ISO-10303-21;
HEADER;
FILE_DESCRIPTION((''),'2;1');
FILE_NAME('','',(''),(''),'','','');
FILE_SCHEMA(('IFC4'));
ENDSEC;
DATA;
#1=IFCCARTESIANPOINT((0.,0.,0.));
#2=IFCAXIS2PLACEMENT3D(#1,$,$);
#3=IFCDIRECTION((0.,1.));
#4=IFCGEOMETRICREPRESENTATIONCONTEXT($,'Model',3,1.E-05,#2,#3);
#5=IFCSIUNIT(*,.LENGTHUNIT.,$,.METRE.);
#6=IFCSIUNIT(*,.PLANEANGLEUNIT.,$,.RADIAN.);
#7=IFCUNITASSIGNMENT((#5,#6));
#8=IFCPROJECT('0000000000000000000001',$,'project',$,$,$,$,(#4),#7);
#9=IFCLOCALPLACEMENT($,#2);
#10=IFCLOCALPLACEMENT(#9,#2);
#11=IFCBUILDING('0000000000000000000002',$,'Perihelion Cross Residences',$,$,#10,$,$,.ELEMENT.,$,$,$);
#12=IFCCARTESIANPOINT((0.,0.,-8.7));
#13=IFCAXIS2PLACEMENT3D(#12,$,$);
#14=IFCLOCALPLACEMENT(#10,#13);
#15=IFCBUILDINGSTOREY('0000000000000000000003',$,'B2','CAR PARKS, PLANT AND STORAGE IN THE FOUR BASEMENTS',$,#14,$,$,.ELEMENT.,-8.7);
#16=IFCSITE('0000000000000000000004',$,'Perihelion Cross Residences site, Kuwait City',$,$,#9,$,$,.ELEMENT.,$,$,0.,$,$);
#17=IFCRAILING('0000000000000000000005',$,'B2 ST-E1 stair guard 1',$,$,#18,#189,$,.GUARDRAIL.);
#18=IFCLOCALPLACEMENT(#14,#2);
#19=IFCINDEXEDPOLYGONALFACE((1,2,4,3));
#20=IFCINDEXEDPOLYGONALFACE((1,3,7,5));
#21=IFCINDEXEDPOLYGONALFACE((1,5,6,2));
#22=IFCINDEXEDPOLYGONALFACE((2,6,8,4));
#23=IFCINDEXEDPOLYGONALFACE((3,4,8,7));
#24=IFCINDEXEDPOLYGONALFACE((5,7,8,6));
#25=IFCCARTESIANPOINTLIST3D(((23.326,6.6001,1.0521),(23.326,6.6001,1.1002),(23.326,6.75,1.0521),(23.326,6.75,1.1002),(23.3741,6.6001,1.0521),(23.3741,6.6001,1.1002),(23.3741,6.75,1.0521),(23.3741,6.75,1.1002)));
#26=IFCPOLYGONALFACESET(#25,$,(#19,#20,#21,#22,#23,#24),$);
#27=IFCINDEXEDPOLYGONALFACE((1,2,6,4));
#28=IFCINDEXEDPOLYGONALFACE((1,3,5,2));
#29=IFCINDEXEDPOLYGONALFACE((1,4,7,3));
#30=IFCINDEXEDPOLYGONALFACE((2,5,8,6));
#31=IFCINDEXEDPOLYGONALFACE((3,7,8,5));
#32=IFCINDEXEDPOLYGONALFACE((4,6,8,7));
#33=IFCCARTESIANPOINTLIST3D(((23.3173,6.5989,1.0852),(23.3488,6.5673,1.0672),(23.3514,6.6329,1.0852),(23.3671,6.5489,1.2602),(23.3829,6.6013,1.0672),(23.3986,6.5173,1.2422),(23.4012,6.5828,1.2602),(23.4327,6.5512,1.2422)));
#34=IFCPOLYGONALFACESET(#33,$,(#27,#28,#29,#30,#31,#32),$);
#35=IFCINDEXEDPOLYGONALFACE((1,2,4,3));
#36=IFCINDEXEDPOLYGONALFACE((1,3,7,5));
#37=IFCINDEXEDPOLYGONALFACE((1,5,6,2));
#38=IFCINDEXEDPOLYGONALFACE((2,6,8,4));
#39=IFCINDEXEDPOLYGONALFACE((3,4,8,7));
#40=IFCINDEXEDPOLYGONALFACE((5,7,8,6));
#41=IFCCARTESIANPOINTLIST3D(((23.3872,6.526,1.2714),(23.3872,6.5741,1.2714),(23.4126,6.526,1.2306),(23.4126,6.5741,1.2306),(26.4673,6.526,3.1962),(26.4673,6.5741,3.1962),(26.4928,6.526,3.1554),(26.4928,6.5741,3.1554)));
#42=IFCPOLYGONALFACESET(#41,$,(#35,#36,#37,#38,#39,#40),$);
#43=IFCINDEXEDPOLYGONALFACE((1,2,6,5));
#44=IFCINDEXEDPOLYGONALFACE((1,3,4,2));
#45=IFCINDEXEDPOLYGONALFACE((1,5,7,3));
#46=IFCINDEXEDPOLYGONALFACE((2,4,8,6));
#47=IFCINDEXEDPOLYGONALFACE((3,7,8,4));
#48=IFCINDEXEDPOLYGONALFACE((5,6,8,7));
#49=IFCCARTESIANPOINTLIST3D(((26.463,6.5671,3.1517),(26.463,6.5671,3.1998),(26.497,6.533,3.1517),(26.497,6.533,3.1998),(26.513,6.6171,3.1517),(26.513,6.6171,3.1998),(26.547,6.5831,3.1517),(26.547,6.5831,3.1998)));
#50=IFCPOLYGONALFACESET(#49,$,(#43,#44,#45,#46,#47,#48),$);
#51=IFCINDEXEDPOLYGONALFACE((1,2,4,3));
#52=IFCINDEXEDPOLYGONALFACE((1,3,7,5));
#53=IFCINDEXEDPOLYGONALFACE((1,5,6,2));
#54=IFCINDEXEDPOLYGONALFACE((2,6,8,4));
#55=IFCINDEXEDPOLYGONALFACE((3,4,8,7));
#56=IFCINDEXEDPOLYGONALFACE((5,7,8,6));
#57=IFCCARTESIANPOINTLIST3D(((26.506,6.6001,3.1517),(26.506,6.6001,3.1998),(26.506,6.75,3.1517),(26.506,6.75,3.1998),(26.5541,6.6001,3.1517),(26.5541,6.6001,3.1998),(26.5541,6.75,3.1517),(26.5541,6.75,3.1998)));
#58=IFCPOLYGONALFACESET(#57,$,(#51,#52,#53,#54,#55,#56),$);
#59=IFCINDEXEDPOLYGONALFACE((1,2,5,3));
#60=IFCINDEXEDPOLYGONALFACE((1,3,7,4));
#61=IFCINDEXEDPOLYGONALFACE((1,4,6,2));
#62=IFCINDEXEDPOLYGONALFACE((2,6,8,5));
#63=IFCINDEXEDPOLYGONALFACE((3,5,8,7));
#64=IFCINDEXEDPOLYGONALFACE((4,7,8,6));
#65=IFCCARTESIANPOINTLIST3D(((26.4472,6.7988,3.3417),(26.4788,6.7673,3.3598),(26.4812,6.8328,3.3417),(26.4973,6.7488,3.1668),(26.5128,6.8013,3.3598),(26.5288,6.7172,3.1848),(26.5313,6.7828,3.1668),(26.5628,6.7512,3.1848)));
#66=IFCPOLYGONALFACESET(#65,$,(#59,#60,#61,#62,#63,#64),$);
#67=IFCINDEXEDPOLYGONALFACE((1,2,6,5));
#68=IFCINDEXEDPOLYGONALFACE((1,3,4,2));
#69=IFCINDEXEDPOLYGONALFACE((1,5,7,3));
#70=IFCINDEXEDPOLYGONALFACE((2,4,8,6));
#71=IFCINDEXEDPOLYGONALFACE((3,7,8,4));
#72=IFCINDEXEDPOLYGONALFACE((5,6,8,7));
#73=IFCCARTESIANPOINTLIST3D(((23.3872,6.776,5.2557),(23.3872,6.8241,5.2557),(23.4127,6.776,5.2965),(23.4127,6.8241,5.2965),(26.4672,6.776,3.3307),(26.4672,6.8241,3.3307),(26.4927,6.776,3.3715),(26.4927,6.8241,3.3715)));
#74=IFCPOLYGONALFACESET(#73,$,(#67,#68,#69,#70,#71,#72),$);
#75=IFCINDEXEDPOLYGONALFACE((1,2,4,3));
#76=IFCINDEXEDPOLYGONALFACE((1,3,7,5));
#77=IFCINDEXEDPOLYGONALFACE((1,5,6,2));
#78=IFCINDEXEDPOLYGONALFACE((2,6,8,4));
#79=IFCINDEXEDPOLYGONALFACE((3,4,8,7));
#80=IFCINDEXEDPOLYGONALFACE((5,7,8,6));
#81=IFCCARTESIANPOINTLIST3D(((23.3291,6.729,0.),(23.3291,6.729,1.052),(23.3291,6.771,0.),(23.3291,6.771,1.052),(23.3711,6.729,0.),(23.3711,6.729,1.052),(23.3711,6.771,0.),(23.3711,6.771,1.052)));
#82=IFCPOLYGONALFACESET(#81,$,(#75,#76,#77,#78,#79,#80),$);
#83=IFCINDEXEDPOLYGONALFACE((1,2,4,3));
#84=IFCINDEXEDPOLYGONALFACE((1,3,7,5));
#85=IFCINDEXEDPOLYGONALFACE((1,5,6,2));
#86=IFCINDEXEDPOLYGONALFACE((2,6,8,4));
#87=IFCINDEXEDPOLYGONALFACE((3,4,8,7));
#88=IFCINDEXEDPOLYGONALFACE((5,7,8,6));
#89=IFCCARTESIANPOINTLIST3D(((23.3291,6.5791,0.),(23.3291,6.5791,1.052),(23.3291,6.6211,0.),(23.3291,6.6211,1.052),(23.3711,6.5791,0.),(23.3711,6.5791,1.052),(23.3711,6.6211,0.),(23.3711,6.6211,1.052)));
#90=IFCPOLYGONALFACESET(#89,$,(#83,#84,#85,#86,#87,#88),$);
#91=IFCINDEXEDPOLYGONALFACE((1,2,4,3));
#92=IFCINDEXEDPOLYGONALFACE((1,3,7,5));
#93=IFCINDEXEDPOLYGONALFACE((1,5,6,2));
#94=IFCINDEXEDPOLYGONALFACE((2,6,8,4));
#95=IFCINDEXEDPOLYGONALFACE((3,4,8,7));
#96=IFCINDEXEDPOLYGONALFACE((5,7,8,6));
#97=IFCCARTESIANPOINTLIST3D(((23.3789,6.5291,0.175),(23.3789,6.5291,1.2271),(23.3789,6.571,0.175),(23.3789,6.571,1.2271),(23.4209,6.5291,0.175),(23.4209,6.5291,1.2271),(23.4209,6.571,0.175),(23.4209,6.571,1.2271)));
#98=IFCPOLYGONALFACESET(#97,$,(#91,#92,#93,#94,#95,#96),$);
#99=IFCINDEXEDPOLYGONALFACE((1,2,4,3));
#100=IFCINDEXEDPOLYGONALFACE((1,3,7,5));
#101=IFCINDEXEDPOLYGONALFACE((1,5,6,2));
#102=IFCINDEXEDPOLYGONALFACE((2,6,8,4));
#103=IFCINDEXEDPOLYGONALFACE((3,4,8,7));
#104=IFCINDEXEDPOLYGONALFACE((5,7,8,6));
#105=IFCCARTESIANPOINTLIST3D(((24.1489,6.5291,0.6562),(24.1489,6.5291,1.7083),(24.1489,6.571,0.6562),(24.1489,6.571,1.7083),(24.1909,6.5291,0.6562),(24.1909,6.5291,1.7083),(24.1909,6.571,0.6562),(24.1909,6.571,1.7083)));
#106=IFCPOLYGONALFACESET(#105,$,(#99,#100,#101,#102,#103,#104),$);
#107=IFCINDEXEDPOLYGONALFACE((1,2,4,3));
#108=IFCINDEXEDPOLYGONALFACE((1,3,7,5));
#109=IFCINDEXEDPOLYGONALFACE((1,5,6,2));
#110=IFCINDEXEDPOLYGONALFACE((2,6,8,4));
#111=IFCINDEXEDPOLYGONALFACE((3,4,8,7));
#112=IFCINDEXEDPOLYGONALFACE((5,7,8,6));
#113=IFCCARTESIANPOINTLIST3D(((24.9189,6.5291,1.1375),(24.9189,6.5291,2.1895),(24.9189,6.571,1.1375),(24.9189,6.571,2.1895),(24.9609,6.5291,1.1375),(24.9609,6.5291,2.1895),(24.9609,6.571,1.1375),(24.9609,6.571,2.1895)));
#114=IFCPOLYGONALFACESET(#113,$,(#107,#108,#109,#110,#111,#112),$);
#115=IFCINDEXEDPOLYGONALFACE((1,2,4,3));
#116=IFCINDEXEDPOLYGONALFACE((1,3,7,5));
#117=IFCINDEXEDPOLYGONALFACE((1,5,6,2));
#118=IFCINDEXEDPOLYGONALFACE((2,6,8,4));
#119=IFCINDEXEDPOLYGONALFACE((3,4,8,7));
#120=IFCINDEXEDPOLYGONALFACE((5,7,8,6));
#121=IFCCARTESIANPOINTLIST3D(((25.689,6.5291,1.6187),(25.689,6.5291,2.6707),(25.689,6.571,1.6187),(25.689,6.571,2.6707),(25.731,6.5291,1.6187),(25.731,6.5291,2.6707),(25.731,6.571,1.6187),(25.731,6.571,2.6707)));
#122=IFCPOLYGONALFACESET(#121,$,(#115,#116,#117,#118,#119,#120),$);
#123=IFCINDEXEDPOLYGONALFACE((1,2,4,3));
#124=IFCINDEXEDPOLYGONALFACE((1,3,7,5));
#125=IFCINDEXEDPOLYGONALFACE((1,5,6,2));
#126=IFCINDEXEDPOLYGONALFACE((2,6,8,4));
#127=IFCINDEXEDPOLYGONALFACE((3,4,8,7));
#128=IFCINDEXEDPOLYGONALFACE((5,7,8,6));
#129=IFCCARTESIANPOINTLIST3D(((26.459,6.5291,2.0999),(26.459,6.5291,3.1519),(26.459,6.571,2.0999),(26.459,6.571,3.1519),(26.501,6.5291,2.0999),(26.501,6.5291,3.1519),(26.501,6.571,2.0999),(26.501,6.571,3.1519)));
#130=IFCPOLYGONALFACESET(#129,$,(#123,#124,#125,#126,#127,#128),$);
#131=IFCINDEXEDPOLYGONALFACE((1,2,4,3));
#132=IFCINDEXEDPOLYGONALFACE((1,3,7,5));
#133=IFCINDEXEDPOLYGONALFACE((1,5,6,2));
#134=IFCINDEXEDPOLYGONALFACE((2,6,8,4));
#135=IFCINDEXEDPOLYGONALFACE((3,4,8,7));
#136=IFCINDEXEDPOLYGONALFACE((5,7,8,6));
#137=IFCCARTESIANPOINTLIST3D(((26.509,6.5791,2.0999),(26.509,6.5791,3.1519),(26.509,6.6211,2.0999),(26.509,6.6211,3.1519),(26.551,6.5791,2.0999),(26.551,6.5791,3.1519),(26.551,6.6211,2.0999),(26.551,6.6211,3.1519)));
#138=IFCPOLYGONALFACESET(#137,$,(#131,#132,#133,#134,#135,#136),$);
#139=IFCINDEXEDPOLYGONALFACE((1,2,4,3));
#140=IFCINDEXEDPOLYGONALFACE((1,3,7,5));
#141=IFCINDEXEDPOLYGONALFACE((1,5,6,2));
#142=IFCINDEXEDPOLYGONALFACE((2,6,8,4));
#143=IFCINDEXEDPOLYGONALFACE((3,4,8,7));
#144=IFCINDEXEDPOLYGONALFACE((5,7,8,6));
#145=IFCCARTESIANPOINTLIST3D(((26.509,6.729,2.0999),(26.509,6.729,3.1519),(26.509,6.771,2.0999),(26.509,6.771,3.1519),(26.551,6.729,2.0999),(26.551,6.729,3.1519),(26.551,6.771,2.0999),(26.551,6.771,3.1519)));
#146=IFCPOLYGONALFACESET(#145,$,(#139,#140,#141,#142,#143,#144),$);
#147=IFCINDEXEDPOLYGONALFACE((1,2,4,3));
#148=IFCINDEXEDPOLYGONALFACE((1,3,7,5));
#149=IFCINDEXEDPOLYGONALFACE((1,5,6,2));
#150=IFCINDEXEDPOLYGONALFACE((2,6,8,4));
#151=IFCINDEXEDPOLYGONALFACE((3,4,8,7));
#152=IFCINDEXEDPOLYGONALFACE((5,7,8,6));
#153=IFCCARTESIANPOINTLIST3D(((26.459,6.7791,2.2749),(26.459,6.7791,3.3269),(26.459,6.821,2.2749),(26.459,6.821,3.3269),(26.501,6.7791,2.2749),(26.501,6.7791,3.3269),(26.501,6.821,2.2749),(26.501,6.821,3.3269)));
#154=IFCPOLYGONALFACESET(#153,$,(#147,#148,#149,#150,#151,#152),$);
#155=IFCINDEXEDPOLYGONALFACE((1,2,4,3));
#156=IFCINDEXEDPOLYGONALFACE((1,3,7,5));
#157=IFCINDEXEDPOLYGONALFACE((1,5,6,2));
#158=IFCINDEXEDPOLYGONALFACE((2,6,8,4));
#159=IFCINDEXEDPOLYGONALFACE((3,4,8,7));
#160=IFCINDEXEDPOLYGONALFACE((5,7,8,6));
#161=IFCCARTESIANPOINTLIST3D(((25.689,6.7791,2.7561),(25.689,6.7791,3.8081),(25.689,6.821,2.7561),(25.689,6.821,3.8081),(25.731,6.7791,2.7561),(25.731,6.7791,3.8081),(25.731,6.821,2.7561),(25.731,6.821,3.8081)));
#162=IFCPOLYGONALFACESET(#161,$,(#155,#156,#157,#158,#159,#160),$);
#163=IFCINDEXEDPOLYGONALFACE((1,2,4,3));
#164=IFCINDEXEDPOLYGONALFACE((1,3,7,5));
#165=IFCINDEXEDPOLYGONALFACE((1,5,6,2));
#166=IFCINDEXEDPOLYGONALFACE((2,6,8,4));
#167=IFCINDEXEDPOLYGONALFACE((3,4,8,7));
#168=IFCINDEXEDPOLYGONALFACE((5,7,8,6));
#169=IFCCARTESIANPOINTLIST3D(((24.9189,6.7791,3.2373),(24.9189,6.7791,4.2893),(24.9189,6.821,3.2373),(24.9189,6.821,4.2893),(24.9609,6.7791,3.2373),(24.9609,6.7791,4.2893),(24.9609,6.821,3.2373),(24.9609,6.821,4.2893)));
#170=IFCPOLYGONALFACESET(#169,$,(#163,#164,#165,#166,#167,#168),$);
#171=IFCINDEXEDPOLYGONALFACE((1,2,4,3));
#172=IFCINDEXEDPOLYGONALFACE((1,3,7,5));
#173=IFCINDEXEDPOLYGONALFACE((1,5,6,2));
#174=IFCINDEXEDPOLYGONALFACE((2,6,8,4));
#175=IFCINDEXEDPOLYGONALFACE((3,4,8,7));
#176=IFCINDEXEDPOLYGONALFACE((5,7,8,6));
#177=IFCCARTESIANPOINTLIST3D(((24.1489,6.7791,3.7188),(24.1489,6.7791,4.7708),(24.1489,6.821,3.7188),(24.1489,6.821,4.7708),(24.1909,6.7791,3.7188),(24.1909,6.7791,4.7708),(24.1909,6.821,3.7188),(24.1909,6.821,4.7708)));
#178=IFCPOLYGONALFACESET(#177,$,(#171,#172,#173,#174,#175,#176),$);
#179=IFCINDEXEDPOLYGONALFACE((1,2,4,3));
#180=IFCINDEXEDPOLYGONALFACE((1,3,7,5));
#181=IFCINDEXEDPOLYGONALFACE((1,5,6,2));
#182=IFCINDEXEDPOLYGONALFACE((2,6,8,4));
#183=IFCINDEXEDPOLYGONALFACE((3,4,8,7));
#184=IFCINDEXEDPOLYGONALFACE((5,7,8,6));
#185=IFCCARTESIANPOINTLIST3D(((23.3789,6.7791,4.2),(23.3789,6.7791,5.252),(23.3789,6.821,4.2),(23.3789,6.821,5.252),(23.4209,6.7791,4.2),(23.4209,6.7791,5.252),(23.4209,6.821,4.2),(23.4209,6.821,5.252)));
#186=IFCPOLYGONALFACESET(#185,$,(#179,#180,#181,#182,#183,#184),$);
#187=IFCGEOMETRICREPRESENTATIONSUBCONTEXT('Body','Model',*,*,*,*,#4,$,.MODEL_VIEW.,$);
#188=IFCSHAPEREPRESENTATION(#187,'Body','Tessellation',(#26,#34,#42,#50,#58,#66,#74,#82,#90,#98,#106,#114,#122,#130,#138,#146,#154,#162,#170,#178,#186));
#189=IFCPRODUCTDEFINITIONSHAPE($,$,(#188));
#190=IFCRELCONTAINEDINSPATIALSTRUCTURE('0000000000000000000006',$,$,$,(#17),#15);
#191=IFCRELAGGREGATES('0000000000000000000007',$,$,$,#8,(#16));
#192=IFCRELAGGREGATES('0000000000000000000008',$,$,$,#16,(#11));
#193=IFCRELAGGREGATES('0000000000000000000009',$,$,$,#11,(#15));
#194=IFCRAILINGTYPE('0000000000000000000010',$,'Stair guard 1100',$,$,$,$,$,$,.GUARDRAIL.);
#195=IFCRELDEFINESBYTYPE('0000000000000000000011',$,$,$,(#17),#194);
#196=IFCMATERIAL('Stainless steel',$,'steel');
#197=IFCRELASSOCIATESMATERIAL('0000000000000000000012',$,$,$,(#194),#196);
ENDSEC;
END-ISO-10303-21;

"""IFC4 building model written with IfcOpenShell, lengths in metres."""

from ifc_helpers import new_model, si_unit, direction, frame, origin, origin_2d, place, context, subcontext, project, spatial, rectangle, extrude, material, type_object, element, save


model = new_model("IFC4")

# Units and contexts
model_context = context("Model", 3, precision=1e-05, world=origin(), true_north=direction((0.0, 1.0)))
body_context = subcontext(model_context, "Body", "Model", "MODEL_VIEW")
ifc_project = project(units=[si_unit("LENGTHUNIT", "METRE"), si_unit("PLANEANGLEUNIT", "RADIAN")], contexts=[model_context])

# Site, building, storey
site_placement = place(None, origin())
site = spatial("IfcSite", under=ifc_project, at=site_placement, Name="Perihelion Cross Residences site, Kuwait City", CompositionType="ELEMENT", RefElevation=0.0)
building_placement = place(site_placement, origin())
building = spatial("IfcBuilding", under=site, at=building_placement, Name="Perihelion Cross Residences", CompositionType="ELEMENT")
storey_placement = place(building_placement, frame((0.0, 0.0, -8.7)))
storey = spatial("IfcBuildingStorey", under=building, at=storey_placement, Name="B2", Description="CAR PARKS, PLANT AND STORAGE IN THE FOUR BASEMENTS", CompositionType="ELEMENT", Elevation=-8.7)

# Railing
ifc_material_1 = material(Name="Stainless steel", Category="steel")
railing_type = type_object("IfcRailingType", Name="Stair guard 1100", PredefinedType="GUARDRAIL", material=ifc_material_1)
railing_placement = place(storey_placement, frame((23.3501, 6.75, 0.0)))
element("IfcRailing", 1, at=railing_placement, inside=storey, type_object=railing_type, Name="B2 ST-E1 stair guard 1", PredefinedType="GUARDRAIL", context=body_context, shape_type="SweptSolid", body=[
    extrude(rectangle(XDim=0.0481, YDim=0.0481, at=origin_2d()), frame((0.0, 0.0, 1.0762), z_axis=(0.0, -1.0, 0.0), x_axis=(1.0, 0.0, 0.0)), (0.0, 0.0, 1.0), 0.1499),
    extrude(rectangle(XDim=0.0481, YDim=0.0481, at=origin_2d()), frame((0.0, -0.1499, 1.0762), z_axis=(0.263862, -0.265156, 0.927399), x_axis=(0.708834, 0.705376, 0.0)), (0.0, 0.0, 1.0), 0.1887),
    extrude(rectangle(XDim=0.0481, YDim=0.0481, at=origin_2d()), frame((0.0498, -0.2, 1.251), z_axis=(0.848029, 0.0, 0.529951), x_axis=(0.0, 1.0, 0.0)), (0.0, 0.0, 1.0), 3.6321),
    extrude(rectangle(XDim=0.0481, YDim=0.0481, at=origin_2d()), frame((3.1299, -0.2, 3.1758), z_axis=(0.707107, 0.707107, 0.0), x_axis=(-0.707107, 0.707107, 0.0)), (0.0, 0.0, 1.0), 0.0708),
    extrude(rectangle(XDim=0.0481, YDim=0.0481, at=origin_2d()), frame((3.1799, -0.1499, 3.1758), z_axis=(0.0, 1.0, 0.0), x_axis=(-1.0, 0.0, 0.0)), (0.0, 0.0, 1.0), 0.1499),
    extrude(rectangle(XDim=0.0481, YDim=0.0481, at=origin_2d()), frame((3.1799, 0.0, 3.1758), z_axis=(-0.265065, 0.265065, 0.927082), x_axis=(-0.707107, -0.707107, 0.0)), (0.0, 0.0, 1.0), 0.1887),
    extrude(rectangle(XDim=0.0481, YDim=0.0481, at=origin_2d()), frame((3.1299, 0.05, 3.3511), z_axis=(-0.847998, 0.0, 0.529999), x_axis=(0.0, -1.0, 0.0)), (0.0, 0.0, 1.0), 3.6321),
    extrude(rectangle(XDim=0.042, YDim=0.042, at=origin_2d()), origin(), (0.0, 0.0, 1.0), 1.052),
    extrude(rectangle(XDim=0.042, YDim=0.042, at=origin_2d()), frame((0.0, -0.1499, 0.0)), (0.0, 0.0, 1.0), 1.052),
    extrude(rectangle(XDim=0.042, YDim=0.042, at=origin_2d()), frame((0.0498, -0.2, 0.175)), (0.0, 0.0, 1.0), 1.052),
    extrude(rectangle(XDim=0.042, YDim=0.042, at=origin_2d()), frame((0.8198, -0.2, 0.6562)), (0.0, 0.0, 1.0), 1.052),
    extrude(rectangle(XDim=0.042, YDim=0.042, at=origin_2d()), frame((1.5898, -0.2, 1.1375)), (0.0, 0.0, 1.0), 1.052),
    extrude(rectangle(XDim=0.042, YDim=0.042, at=origin_2d()), frame((2.3599, -0.2, 1.6187)), (0.0, 0.0, 1.0), 1.052),
    extrude(rectangle(XDim=0.042, YDim=0.042, at=origin_2d()), frame((3.1299, -0.2, 2.0999)), (0.0, 0.0, 1.0), 1.052),
    extrude(rectangle(XDim=0.042, YDim=0.042, at=origin_2d()), frame((3.1799, -0.1499, 2.0999)), (0.0, 0.0, 1.0), 1.052),
    extrude(rectangle(XDim=0.042, YDim=0.042, at=origin_2d()), frame((3.1799, 0.0, 2.0999)), (0.0, 0.0, 1.0), 1.052),
    extrude(rectangle(XDim=0.042, YDim=0.042, at=origin_2d()), frame((3.1299, 0.05, 2.2749)), (0.0, 0.0, 1.0), 1.052),
    extrude(rectangle(XDim=0.042, YDim=0.042, at=origin_2d()), frame((2.3599, 0.05, 2.7561)), (0.0, 0.0, 1.0), 1.052),
    extrude(rectangle(XDim=0.042, YDim=0.042, at=origin_2d()), frame((1.5898, 0.05, 3.2373)), (0.0, 0.0, 1.0), 1.052),
    extrude(rectangle(XDim=0.042, YDim=0.042, at=origin_2d()), frame((0.8198, 0.05, 3.7188)), (0.0, 0.0, 1.0), 1.052),
    extrude(rectangle(XDim=0.042, YDim=0.042, at=origin_2d()), frame((0.0498, 0.05, 4.2)), (0.0, 0.0, 1.0), 1.052),
])

save(model, "model.ifc")
